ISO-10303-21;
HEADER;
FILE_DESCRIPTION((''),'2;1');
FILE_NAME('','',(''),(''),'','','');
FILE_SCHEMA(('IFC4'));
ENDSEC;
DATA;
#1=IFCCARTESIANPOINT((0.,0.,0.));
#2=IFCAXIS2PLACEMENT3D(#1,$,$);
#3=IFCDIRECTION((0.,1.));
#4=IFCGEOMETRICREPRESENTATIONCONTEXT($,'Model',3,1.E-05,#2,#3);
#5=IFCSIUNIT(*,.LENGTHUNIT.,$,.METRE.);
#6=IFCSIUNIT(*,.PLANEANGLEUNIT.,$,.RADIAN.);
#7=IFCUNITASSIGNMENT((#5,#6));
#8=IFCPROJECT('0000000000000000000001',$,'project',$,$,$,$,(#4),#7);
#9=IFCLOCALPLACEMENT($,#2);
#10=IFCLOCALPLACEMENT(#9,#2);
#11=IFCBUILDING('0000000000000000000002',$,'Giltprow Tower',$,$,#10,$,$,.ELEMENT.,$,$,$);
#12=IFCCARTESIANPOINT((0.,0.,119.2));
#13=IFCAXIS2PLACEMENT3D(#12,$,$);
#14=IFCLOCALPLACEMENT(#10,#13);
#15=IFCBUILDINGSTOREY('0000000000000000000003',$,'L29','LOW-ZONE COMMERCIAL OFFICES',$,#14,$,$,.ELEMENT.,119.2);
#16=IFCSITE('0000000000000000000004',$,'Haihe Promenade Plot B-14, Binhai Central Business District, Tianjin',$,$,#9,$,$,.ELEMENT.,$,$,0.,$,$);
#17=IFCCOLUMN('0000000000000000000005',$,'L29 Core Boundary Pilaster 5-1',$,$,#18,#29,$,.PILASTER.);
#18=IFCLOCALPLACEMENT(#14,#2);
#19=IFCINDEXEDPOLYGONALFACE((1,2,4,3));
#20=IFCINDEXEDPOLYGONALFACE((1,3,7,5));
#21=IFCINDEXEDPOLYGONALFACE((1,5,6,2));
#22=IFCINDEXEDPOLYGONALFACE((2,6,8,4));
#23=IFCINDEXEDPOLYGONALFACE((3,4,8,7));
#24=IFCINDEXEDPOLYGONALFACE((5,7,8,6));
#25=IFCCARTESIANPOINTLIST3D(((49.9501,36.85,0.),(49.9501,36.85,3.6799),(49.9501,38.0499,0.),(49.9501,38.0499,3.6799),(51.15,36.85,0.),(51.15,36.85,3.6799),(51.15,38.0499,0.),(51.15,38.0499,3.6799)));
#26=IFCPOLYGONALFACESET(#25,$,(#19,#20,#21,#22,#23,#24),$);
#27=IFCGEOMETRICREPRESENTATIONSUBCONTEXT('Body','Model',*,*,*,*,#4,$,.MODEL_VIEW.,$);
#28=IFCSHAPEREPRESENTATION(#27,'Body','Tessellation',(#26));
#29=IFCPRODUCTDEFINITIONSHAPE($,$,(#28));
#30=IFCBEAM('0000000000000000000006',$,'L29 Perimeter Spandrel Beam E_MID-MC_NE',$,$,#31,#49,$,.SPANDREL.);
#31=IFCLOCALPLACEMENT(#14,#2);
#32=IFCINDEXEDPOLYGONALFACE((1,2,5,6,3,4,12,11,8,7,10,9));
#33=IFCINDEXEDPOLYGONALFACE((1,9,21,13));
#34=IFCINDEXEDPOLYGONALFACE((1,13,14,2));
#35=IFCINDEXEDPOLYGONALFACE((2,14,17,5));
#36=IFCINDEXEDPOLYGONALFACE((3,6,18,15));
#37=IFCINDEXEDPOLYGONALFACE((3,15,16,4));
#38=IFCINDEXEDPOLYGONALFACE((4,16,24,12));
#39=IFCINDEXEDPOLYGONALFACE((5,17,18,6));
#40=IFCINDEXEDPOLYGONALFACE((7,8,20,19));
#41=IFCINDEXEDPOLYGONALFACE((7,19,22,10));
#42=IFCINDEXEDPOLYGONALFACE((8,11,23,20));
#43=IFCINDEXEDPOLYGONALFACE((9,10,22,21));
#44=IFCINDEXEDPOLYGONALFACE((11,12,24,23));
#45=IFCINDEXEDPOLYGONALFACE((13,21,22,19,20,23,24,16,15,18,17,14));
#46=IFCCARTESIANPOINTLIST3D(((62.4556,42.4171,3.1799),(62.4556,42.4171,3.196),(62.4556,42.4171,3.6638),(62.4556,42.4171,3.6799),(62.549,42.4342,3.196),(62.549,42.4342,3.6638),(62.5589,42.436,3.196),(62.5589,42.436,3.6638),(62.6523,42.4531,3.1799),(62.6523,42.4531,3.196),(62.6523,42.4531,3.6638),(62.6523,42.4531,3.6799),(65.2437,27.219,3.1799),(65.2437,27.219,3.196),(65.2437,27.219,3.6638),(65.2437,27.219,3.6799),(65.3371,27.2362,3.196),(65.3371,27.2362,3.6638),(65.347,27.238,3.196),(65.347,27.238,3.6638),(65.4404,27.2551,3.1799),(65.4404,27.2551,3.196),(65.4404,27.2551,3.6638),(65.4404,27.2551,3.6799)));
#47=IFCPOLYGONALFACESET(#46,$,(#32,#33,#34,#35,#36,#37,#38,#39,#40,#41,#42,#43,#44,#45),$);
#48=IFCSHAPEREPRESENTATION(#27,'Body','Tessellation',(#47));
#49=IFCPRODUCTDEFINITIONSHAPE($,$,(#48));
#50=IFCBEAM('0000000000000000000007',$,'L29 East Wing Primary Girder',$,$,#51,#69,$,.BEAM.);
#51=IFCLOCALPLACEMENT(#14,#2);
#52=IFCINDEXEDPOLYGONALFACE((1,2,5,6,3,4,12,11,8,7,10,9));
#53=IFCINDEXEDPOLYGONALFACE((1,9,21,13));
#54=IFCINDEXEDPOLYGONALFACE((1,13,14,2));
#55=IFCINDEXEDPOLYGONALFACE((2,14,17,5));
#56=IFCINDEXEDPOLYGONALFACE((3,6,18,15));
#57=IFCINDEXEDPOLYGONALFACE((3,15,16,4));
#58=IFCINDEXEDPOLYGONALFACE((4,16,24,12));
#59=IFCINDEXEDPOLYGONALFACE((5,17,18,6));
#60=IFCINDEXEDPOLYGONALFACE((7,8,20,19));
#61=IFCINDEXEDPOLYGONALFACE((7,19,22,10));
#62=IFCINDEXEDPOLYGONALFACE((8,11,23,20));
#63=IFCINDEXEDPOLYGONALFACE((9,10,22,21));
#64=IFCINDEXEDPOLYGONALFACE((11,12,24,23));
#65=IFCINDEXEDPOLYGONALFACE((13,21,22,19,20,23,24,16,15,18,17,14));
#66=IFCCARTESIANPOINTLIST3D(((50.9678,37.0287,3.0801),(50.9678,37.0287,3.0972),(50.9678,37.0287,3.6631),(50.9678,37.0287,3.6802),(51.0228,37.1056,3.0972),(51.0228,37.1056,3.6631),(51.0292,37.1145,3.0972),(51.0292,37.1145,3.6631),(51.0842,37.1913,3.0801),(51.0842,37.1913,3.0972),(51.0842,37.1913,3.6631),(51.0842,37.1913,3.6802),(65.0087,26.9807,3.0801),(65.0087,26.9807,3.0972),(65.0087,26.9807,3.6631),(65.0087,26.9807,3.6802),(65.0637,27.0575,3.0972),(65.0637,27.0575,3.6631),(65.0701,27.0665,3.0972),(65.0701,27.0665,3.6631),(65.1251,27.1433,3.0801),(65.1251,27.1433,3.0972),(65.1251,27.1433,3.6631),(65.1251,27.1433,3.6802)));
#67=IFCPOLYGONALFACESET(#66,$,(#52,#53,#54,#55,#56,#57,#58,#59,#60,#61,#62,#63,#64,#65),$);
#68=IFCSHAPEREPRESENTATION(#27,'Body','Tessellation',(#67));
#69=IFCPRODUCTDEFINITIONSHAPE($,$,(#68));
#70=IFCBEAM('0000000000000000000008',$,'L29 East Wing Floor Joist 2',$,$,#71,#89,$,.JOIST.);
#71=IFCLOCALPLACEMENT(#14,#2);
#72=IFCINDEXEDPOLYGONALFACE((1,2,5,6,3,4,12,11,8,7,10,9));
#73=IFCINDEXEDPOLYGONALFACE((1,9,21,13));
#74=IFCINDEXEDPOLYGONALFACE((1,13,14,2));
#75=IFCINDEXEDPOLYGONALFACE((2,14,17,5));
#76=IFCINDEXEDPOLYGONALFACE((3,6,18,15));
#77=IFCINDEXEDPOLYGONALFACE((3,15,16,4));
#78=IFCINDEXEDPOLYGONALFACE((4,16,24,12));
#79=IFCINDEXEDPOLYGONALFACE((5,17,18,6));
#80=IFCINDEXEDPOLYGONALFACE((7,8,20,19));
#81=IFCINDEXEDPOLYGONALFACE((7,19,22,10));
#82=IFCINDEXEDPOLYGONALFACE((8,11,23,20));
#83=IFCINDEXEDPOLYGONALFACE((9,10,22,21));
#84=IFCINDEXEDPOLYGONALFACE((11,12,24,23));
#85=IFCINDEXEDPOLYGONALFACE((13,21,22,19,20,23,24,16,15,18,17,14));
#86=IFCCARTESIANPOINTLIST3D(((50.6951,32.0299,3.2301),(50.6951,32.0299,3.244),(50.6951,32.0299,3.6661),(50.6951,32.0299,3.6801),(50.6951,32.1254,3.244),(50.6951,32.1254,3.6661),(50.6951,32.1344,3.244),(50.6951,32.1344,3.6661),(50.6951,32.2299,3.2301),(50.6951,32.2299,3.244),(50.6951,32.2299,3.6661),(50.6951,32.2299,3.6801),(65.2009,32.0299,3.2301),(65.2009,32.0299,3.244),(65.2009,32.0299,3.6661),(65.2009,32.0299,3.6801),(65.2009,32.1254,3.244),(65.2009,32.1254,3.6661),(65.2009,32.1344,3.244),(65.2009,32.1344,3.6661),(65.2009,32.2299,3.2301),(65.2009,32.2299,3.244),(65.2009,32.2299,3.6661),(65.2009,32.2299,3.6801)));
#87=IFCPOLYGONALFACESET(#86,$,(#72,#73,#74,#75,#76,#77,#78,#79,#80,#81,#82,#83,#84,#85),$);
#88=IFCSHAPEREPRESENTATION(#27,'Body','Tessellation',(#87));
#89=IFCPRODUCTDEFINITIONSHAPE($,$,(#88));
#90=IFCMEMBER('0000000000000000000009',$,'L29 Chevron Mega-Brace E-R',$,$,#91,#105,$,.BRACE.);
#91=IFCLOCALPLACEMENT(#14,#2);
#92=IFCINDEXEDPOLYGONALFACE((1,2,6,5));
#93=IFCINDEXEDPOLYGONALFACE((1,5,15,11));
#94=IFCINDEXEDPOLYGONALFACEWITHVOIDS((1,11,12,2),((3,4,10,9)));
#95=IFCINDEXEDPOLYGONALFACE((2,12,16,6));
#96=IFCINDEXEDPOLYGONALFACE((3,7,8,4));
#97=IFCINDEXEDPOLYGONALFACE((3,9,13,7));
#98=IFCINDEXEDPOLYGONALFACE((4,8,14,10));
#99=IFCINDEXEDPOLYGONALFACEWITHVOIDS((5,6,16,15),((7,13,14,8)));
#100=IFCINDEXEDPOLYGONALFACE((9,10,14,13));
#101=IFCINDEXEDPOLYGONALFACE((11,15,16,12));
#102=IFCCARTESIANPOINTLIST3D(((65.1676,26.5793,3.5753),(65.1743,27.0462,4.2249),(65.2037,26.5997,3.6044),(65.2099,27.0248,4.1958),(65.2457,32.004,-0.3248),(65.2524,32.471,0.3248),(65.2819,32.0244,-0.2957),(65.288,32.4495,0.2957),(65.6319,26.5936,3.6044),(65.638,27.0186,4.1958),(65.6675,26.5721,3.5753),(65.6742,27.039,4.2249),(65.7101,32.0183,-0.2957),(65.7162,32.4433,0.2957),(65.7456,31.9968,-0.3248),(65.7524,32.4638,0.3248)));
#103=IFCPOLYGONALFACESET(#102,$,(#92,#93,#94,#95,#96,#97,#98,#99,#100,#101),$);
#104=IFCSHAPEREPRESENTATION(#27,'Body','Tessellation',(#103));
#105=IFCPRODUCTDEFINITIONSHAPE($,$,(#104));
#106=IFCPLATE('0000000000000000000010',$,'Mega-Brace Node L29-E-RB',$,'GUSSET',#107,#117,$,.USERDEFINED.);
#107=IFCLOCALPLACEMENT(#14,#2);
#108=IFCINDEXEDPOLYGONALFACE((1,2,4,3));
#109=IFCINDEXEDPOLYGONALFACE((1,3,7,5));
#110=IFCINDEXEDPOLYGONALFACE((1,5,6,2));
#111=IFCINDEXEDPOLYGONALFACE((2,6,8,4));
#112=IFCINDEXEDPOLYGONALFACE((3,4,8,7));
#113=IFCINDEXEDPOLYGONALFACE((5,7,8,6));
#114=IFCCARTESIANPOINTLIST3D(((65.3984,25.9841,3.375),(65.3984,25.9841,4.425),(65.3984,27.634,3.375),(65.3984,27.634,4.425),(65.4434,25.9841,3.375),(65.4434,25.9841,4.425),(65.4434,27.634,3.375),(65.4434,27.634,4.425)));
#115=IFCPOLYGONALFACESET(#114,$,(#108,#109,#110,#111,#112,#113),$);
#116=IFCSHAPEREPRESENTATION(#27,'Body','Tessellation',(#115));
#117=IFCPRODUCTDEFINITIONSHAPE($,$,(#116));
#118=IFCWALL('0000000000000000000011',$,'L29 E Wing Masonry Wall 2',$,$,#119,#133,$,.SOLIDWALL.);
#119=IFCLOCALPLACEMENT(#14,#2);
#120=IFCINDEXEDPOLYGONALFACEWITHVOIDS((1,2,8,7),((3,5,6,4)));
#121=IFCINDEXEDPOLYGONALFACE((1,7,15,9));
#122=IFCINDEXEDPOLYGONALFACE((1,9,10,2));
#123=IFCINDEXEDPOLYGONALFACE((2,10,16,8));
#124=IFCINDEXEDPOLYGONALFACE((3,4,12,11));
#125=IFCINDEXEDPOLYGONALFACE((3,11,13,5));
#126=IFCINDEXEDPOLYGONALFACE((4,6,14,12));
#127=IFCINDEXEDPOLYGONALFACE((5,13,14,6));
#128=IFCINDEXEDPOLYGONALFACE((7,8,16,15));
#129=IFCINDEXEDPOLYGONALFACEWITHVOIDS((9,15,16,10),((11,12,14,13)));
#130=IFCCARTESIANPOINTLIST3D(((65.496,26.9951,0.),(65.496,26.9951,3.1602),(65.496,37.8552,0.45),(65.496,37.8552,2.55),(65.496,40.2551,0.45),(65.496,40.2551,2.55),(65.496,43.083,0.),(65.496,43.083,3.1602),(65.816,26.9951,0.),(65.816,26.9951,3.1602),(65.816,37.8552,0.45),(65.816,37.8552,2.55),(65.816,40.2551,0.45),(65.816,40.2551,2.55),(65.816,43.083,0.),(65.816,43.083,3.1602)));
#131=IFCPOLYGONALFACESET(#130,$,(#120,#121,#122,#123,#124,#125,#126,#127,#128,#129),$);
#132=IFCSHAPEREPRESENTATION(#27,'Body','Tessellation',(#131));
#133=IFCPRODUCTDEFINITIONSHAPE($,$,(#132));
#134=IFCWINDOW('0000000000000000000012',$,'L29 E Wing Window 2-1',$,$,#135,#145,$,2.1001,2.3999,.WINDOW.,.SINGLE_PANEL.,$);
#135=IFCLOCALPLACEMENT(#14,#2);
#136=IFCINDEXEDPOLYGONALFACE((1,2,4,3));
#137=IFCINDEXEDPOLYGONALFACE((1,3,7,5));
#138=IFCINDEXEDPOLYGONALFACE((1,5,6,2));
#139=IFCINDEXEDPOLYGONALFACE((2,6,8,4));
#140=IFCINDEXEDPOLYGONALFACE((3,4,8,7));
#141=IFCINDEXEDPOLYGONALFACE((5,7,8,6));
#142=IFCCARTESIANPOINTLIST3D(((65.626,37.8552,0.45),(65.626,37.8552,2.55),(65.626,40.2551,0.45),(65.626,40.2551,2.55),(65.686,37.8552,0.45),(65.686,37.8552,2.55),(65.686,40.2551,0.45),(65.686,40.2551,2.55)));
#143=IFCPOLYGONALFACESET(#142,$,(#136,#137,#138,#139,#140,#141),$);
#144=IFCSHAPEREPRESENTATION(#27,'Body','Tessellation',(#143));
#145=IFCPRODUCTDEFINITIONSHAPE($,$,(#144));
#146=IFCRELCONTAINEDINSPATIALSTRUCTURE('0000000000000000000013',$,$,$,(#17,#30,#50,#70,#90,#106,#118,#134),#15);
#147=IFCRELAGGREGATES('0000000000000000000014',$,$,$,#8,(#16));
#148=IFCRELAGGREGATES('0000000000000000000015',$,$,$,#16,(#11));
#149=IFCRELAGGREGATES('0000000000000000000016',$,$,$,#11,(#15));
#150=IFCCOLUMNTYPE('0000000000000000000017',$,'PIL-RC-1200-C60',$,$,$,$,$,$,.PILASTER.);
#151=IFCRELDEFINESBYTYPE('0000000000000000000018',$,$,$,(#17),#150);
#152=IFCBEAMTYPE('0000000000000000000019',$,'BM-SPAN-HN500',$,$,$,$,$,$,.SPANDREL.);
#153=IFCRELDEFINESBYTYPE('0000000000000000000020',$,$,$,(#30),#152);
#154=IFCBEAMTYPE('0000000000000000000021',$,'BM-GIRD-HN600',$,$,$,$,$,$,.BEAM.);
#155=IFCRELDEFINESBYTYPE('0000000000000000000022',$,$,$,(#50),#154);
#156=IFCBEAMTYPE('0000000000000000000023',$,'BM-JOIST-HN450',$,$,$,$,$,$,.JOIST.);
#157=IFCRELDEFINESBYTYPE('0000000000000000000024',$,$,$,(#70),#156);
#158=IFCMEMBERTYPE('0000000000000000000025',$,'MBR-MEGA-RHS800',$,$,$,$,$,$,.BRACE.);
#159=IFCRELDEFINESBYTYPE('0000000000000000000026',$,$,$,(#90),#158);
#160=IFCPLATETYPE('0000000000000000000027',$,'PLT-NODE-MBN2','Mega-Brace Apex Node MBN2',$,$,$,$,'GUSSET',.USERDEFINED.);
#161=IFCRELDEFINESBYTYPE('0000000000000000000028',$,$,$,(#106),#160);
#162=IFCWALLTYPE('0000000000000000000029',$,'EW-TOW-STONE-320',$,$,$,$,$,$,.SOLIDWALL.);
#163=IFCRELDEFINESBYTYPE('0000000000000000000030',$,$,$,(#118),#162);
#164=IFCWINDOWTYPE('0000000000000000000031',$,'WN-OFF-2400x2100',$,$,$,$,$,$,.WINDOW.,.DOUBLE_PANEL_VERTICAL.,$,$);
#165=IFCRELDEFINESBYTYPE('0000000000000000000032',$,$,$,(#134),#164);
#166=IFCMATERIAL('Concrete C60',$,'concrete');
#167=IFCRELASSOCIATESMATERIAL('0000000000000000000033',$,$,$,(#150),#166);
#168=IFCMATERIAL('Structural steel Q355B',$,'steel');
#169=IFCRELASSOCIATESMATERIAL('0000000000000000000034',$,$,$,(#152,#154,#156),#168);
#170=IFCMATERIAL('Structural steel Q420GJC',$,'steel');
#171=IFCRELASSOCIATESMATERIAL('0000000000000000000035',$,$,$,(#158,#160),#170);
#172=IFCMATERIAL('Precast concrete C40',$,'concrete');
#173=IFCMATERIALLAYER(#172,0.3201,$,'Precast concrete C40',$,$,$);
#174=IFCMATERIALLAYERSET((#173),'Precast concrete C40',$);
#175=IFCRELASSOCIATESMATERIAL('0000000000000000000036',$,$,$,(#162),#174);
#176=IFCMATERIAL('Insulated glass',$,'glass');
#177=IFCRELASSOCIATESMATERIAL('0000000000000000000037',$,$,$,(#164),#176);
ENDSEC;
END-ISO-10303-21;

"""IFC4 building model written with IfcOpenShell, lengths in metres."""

from ifc_helpers import new_model, si_unit, direction, frame, frame_2d, origin, origin_2d, place, context, subcontext, project, spatial, rectangle, hollow_rectangle, i_section, extrude, source, transform, mapped, material, layer, layer_set, material_profile, profile_set, type_object, element, fill, save


model = new_model("IFC4")

# Units and contexts
model_context = context("Model", 3, precision=1e-05, world=origin(), true_north=direction((0.0, 1.0)))
body_context = subcontext(model_context, "Body", "Model", "MODEL_VIEW")
ifc_project = project(units=[si_unit("LENGTHUNIT", "METRE"), si_unit("PLANEANGLEUNIT", "RADIAN")], contexts=[model_context])

# Site, building, storey
site_placement = place(None, origin())
site = spatial("IfcSite", under=ifc_project, at=site_placement, Name="Haihe Promenade Plot B-14, Binhai Central Business District, Tianjin", CompositionType="ELEMENT", RefElevation=0.0)
building_placement = place(site_placement, origin())
building = spatial("IfcBuilding", under=site, at=building_placement, Name="Giltprow Tower", CompositionType="ELEMENT")
storey_placement = place(building_placement, frame((0.0, 0.0, 119.2)))
storey = spatial("IfcBuildingStorey", under=building, at=storey_placement, Name="L29", Description="LOW-ZONE COMMERCIAL OFFICES", CompositionType="ELEMENT", Elevation=119.2)

# Column
ifc_material_1 = material(Name="Concrete C60", Category="concrete")
ifc_material_profile_1 = material_profile(ifc_material_1, rectangle(XDim=1.2, YDim=1.2, at=origin_2d()), Name="RC 1200x1200")
ifc_profile_set_1 = profile_set([ifc_material_profile_1], Name="Concrete C60")
column_type = type_object("IfcColumnType", Name="PIL-RC-1200-C60", PredefinedType="PILASTER", material=ifc_profile_set_1)
shared_shape_1 = source(origin(), body_context, "Body", "SweptSolid", [
    extrude(rectangle(XDim=1.2, YDim=1.2, at=origin_2d()), origin(), (0.0, 0.0, 1.0), 3.6799),
])
column_placement = place(storey_placement, frame((50.55, 37.45, 0.0), z_axis=(0.0, 0.0, 1.0), x_axis=(1.0, 0.0, 0.0)))
element("IfcColumn", 1, at=column_placement, inside=storey, type_object=column_type, Name="L29 Core Boundary Pilaster 5-1", PredefinedType="PILASTER", context=body_context, shape_type="MappedRepresentation", body=[
    mapped(shared_shape_1, transform((0.0, 0.0, 0.0), x_axis=(1.0, 0.0, 0.0), y_axis=(0.0, 1.0, 0.0), z_axis=(0.0, 0.0, 1.0), scale=1.0)),
])

# Beams
ifc_material_2 = material(Name="Structural steel Q355B", Category="steel")
ifc_material_profile_2 = material_profile(ifc_material_2, i_section(OverallWidth=0.2, OverallDepth=0.5, WebThickness=0.01, FlangeThickness=0.0161, at=origin_2d()), Name="HN 500x200x10x16")
ifc_profile_set_2 = profile_set([ifc_material_profile_2], Name="Structural steel Q355B")
beam_type_1 = type_object("IfcBeamType", Name="BM-SPAN-HN500", PredefinedType="SPANDREL", material=ifc_profile_set_2)
shared_shape_2 = source(origin(), body_context, "Body", "SweptSolid", [
    extrude(i_section(OverallWidth=0.2, OverallDepth=0.5, WebThickness=0.01, FlangeThickness=0.0161, at=origin_2d()), origin(), (0.0, 0.0, 1.0), 15.4517),
])
beam_1_placement = place(storey_placement, frame((65.342, 27.2371, 3.4299), z_axis=(-0.18044, 0.983586, 0.0), x_axis=(-0.983586, -0.18044, 0.0)))
element("IfcBeam", 2, at=beam_1_placement, inside=storey, type_object=beam_type_1, Name="L29 Perimeter Spandrel Beam E_MID-MC_NE", PredefinedType="SPANDREL", context=body_context, shape_type="MappedRepresentation", body=[
    mapped(shared_shape_2, transform((0.0, 0.0, 0.0), x_axis=(1.0, 0.0, 0.0), y_axis=(0.0, 1.0, 0.0), z_axis=(0.0, 0.0, 1.0), scale=1.0)),
])
ifc_material_profile_3 = material_profile(ifc_material_2, i_section(OverallWidth=0.2, OverallDepth=0.6001, WebThickness=0.011, FlangeThickness=0.0171, at=origin_2d()), Name="HN 600x200x11x17")
ifc_profile_set_3 = profile_set([ifc_material_profile_3], Name="Structural steel Q355B")
beam_type_2 = type_object("IfcBeamType", Name="BM-GIRD-HN600", PredefinedType="BEAM", material=ifc_profile_set_3)
shared_shape_3 = source(origin(), body_context, "Body", "SweptSolid", [
    extrude(i_section(OverallWidth=0.2, OverallDepth=0.6001, WebThickness=0.011, FlangeThickness=0.0171, at=origin_2d()), origin(), (0.0, 0.0, 1.0), 17.2659),
])
beam_2_placement = place(storey_placement, frame((65.0669, 27.062, 3.3801), z_axis=(-0.813218, 0.581959, 0.0), x_axis=(-0.581959, -0.813218, 0.0)))
element("IfcBeam", 3, at=beam_2_placement, inside=storey, type_object=beam_type_2, Name="L29 East Wing Primary Girder", PredefinedType="BEAM", context=body_context, shape_type="MappedRepresentation", body=[
    mapped(shared_shape_3, transform((0.0, 0.0, 0.0), x_axis=(1.0, 0.0, 0.0), y_axis=(0.0, 1.0, 0.0), z_axis=(0.0, 0.0, 1.0), scale=1.0)),
])
ifc_material_profile_4 = material_profile(ifc_material_2, i_section(OverallWidth=0.2, OverallDepth=0.45, WebThickness=0.009, FlangeThickness=0.0139, at=origin_2d()), Name="HN 450x200x9x14")
ifc_profile_set_4 = profile_set([ifc_material_profile_4], Name="Structural steel Q355B")
beam_type_3 = type_object("IfcBeamType", Name="BM-JOIST-HN450", PredefinedType="JOIST", material=ifc_profile_set_4)
shared_shape_4 = source(origin(), body_context, "Body", "SweptSolid", [
    extrude(i_section(OverallWidth=0.2, OverallDepth=0.45, WebThickness=0.009, FlangeThickness=0.0139, at=origin_2d()), origin(), (0.0, 0.0, 1.0), 14.5059),
])
beam_3_placement = place(storey_placement, frame((50.6951, 32.1299, 3.4551), z_axis=(1.0, 0.0, 0.0), x_axis=(0.0, 1.0, 0.0)))
element("IfcBeam", 4, at=beam_3_placement, inside=storey, type_object=beam_type_3, Name="L29 East Wing Floor Joist 2", PredefinedType="JOIST", context=body_context, shape_type="MappedRepresentation", body=[
    mapped(shared_shape_4, transform((0.0, 0.0, 0.0), x_axis=(1.0, 0.0, 0.0), y_axis=(0.0, 1.0, 0.0), z_axis=(0.0, 0.0, 1.0), scale=1.0)),
])

# Member
ifc_material_3 = material(Name="Structural steel Q420GJC", Category="steel")
ifc_material_profile_5 = material_profile(ifc_material_3, hollow_rectangle(XDim=0.5, YDim=0.8, WallThickness=0.0359, at=origin_2d()), Name="RHS 800x500x36")
ifc_profile_set_5 = profile_set([ifc_material_profile_5], Name="Structural steel Q420GJC")
member_type = type_object("IfcMemberType", Name="MBR-MEGA-RHS800", PredefinedType="BRACE", material=ifc_profile_set_5)
shared_shape_5 = source(origin(), body_context, "Body", "SweptSolid", [
    extrude(hollow_rectangle(XDim=0.5, YDim=0.8, WallThickness=0.0359, at=origin_2d()), origin(), (0.0, 0.0, 1.0), 6.6816),
])
member_placement = place(storey_placement, frame((65.499, 32.2339, 0.0), z_axis=(-0.011692, -0.811884, 0.583702), x_axis=(0.999896, -0.0144, 0.0)))
element("IfcMember", 5, at=member_placement, inside=storey, type_object=member_type, Name="L29 Chevron Mega-Brace E-R", PredefinedType="BRACE", context=body_context, shape_type="MappedRepresentation", body=[
    mapped(shared_shape_5, transform((0.0, 0.0, 0.0), x_axis=(1.0, 0.0, 0.0), y_axis=(0.0, 1.0, 0.0), z_axis=(0.0, 0.0, 1.0), scale=1.0)),
])

# Plate
plate_type = type_object("IfcPlateType", Name="PLT-NODE-MBN2", Description="Mega-Brace Apex Node MBN2", ElementType="GUSSET", PredefinedType="USERDEFINED", material=ifc_material_3)
shared_shape_6 = source(origin(), body_context, "Body", "SweptSolid", [
    extrude(rectangle(XDim=1.6499, YDim=0.0449, at=origin_2d()), origin(), (0.0, 0.0, 1.0), 1.05),
])
plate_placement = place(storey_placement, frame((65.4209, 26.8091, 3.375), z_axis=(0.0, 0.0, 1.0), x_axis=(0.0, 1.0, 0.0)))
element("IfcPlate", 6, at=plate_placement, inside=storey, type_object=plate_type, Name="Mega-Brace Node L29-E-RB", ObjectType="GUSSET", PredefinedType="USERDEFINED", context=body_context, shape_type="MappedRepresentation", body=[
    mapped(shared_shape_6, transform((0.0, 0.0, 0.0), x_axis=(1.0, 0.0, 0.0), y_axis=(0.0, 1.0, 0.0), z_axis=(0.0, 0.0, 1.0), scale=1.0)),
])

# Wall, opening, window
ifc_material_4 = material(Name="Precast concrete C40", Category="concrete")
ifc_layer_1 = layer(ifc_material_4, 0.3201, Name="Precast concrete C40")
ifc_layer_set_1 = layer_set([ifc_layer_1], Name="Precast concrete C40")
wall_type_1 = type_object("IfcWallType", Name="EW-TOW-STONE-320", PredefinedType="SOLIDWALL", material=ifc_layer_set_1)
wall_1_placement = place(storey_placement, frame((65.656, 26.9951, 0.0), z_axis=(0.0, 0.0, 1.0), x_axis=(0.0, 1.0, 0.0)))
wall_1 = element("IfcWall", 7, at=wall_1_placement, inside=storey, type_object=wall_type_1, Name="L29 E Wing Masonry Wall 2", PredefinedType="SOLIDWALL", context=body_context, shape_type="SweptSolid", body=[
    extrude(rectangle(XDim=16.0879, YDim=0.3201, at=frame_2d((8.0439, 0.0))), origin(), (0.0, 0.0, 1.0), 3.1602),
])
opening_1_placement = place(wall_1_placement, frame((10.8601, 0.0, 0.45)))
opening_1 = element("IfcOpeningElement", 8, at=opening_1_placement, cuts=wall_1, PredefinedType="OPENING", context=body_context, shape_type="SweptSolid", body=[
    extrude(rectangle(XDim=2.3999, YDim=2.1001, at=frame_2d((1.2, 1.05))), frame((0.0, 0.1699, 0.0), z_axis=(0.0, -1.0, 0.0), x_axis=(1.0, 0.0, 0.0)), (0.0, 0.0, 1.0), 0.3401),
])
ifc_material_5 = material(Name="Insulated glass", Category="glass")
window_type = type_object("IfcWindowType", Name="WN-OFF-2400x2100", PartitioningType="DOUBLE_PANEL_VERTICAL", PredefinedType="WINDOW", material=ifc_material_5)
shared_shape_7 = source(origin(), body_context, "Body", "SweptSolid", [
    extrude(rectangle(XDim=2.3999, YDim=2.1001, at=frame_2d((1.2, 1.05))), frame((0.0, 0.03, 0.0), z_axis=(0.0, -1.0, 0.0), x_axis=(1.0, 0.0, 0.0)), (0.0, 0.0, 1.0), 0.0601),
])
window_placement = place(opening_1_placement, origin())
window = element("IfcWindow", 9, at=window_placement, inside=storey, type_object=window_type, Name="L29 E Wing Window 2-1", OverallHeight=2.1001, OverallWidth=2.3999, PartitioningType="SINGLE_PANEL", PredefinedType="WINDOW", context=body_context, shape_type="MappedRepresentation", body=[
    mapped(shared_shape_7, transform((0.0, 0.0, 0.0), x_axis=(1.0, 0.0, 0.0), y_axis=(0.0, 1.0, 0.0), z_axis=(0.0, 0.0, 1.0), scale=1.0)),
])
fill(opening_1, window)

save(model, "model.ifc")
